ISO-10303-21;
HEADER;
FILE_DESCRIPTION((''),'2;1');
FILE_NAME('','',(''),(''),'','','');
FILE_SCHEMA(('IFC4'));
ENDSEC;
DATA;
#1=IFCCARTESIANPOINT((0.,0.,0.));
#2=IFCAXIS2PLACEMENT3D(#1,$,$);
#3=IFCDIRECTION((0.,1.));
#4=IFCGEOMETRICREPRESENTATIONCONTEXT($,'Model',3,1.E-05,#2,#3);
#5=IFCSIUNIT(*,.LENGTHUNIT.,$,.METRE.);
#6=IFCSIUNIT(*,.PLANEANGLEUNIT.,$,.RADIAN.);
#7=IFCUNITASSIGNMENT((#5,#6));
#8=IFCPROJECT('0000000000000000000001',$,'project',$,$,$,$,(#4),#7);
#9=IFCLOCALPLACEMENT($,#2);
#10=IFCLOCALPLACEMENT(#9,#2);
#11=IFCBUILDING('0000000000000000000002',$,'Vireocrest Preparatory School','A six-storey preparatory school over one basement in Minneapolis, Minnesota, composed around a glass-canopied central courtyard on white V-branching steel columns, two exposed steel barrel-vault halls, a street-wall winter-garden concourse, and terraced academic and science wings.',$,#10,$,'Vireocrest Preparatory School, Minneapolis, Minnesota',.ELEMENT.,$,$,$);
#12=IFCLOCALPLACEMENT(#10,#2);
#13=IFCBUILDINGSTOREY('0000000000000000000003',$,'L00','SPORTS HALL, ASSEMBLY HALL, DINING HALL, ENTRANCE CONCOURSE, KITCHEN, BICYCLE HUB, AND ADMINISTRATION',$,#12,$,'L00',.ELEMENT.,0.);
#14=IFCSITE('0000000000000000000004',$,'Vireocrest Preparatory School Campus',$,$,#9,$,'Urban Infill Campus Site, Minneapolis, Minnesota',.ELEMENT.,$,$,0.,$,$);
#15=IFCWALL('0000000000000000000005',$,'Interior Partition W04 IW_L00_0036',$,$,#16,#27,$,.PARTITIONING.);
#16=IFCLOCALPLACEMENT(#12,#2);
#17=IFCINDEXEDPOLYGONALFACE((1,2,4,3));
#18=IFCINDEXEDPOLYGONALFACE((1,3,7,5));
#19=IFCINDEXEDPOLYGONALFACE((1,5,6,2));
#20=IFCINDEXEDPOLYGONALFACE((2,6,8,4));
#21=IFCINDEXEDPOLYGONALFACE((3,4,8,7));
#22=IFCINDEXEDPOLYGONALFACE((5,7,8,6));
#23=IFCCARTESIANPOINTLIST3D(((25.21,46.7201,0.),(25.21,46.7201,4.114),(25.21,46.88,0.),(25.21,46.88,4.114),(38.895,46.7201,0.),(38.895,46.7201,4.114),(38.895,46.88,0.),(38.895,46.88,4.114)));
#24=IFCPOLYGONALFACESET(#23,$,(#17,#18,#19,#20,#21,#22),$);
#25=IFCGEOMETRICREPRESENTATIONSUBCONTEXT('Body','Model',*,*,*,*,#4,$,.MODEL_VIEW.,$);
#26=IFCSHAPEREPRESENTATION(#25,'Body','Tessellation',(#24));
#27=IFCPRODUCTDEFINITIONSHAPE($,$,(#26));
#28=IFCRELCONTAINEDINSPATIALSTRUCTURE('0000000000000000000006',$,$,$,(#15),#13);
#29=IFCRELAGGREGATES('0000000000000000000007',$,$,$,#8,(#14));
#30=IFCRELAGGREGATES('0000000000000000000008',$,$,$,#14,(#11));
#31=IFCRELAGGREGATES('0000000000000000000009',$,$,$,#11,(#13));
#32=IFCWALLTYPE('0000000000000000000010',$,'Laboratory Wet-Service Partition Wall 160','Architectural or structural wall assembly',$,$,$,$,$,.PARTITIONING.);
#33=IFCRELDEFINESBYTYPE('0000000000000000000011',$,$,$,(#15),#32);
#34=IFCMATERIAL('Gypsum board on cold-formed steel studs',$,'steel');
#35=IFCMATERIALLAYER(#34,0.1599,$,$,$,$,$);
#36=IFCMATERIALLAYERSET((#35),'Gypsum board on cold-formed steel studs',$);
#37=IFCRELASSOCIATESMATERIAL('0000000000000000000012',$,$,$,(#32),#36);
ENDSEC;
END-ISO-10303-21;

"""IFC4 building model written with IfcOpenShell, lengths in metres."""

from ifc_helpers import new_model, si_unit, direction, frame, frame_2d, origin, place, context, subcontext, project, spatial, rectangle, extrude, material, layer, layer_set, type_object, element, save


model = new_model("IFC4")

# Units and contexts
model_context = context("Model", 3, precision=1e-05, world=origin(), true_north=direction((0.0, 1.0)))
body_context = subcontext(model_context, "Body", "Model", "MODEL_VIEW")
ifc_project = project(units=[si_unit("LENGTHUNIT", "METRE"), si_unit("PLANEANGLEUNIT", "RADIAN")], contexts=[model_context])

# Site, building, storey
site_placement = place(None, origin())
site = spatial("IfcSite", under=ifc_project, at=site_placement, Name="Vireocrest Preparatory School Campus", LongName="Urban Infill Campus Site, Minneapolis, Minnesota", CompositionType="ELEMENT", RefElevation=0.0)
building_placement = place(site_placement, origin())
building = spatial("IfcBuilding", under=site, at=building_placement, Name="Vireocrest Preparatory School", Description="A six-storey preparatory school over one basement in Minneapolis, Minnesota, composed around a glass-canopied central courtyard on white V-branching steel columns, two exposed steel barrel-vault halls, a street-wall winter-garden concourse, and terraced academic and science wings.", LongName="Vireocrest Preparatory School, Minneapolis, Minnesota", CompositionType="ELEMENT")
storey_placement = place(building_placement, origin())
storey = spatial("IfcBuildingStorey", under=building, at=storey_placement, Name="L00", Description="SPORTS HALL, ASSEMBLY HALL, DINING HALL, ENTRANCE CONCOURSE, KITCHEN, BICYCLE HUB, AND ADMINISTRATION", LongName="L00", CompositionType="ELEMENT", Elevation=0.0)

# Wall
ifc_material_1 = material(Name="Gypsum board on cold-formed steel studs", Category="steel")
ifc_layer_1 = layer(ifc_material_1, 0.1599)
ifc_layer_set_1 = layer_set([ifc_layer_1], Name="Gypsum board on cold-formed steel studs")
wall_type_1 = type_object("IfcWallType", Name="Laboratory Wet-Service Partition Wall 160", Description="Architectural or structural wall assembly", PredefinedType="PARTITIONING", material=ifc_layer_set_1)
wall_1_placement = place(storey_placement, frame((25.21, 46.8, 0.0), z_axis=(0.0, 0.0, 1.0), x_axis=(1.0, 0.0, 0.0)))
element("IfcWall", 1, at=wall_1_placement, inside=storey, type_object=wall_type_1, Name="Interior Partition W04 IW_L00_0036", PredefinedType="PARTITIONING", context=body_context, shape_type="SweptSolid", body=[
    extrude(rectangle(XDim=13.6851, YDim=0.1599, at=frame_2d((6.8425, 0.0))), origin(), (0.0, 0.0, 1.0), 4.114),
])

save(model, "model.ifc")
